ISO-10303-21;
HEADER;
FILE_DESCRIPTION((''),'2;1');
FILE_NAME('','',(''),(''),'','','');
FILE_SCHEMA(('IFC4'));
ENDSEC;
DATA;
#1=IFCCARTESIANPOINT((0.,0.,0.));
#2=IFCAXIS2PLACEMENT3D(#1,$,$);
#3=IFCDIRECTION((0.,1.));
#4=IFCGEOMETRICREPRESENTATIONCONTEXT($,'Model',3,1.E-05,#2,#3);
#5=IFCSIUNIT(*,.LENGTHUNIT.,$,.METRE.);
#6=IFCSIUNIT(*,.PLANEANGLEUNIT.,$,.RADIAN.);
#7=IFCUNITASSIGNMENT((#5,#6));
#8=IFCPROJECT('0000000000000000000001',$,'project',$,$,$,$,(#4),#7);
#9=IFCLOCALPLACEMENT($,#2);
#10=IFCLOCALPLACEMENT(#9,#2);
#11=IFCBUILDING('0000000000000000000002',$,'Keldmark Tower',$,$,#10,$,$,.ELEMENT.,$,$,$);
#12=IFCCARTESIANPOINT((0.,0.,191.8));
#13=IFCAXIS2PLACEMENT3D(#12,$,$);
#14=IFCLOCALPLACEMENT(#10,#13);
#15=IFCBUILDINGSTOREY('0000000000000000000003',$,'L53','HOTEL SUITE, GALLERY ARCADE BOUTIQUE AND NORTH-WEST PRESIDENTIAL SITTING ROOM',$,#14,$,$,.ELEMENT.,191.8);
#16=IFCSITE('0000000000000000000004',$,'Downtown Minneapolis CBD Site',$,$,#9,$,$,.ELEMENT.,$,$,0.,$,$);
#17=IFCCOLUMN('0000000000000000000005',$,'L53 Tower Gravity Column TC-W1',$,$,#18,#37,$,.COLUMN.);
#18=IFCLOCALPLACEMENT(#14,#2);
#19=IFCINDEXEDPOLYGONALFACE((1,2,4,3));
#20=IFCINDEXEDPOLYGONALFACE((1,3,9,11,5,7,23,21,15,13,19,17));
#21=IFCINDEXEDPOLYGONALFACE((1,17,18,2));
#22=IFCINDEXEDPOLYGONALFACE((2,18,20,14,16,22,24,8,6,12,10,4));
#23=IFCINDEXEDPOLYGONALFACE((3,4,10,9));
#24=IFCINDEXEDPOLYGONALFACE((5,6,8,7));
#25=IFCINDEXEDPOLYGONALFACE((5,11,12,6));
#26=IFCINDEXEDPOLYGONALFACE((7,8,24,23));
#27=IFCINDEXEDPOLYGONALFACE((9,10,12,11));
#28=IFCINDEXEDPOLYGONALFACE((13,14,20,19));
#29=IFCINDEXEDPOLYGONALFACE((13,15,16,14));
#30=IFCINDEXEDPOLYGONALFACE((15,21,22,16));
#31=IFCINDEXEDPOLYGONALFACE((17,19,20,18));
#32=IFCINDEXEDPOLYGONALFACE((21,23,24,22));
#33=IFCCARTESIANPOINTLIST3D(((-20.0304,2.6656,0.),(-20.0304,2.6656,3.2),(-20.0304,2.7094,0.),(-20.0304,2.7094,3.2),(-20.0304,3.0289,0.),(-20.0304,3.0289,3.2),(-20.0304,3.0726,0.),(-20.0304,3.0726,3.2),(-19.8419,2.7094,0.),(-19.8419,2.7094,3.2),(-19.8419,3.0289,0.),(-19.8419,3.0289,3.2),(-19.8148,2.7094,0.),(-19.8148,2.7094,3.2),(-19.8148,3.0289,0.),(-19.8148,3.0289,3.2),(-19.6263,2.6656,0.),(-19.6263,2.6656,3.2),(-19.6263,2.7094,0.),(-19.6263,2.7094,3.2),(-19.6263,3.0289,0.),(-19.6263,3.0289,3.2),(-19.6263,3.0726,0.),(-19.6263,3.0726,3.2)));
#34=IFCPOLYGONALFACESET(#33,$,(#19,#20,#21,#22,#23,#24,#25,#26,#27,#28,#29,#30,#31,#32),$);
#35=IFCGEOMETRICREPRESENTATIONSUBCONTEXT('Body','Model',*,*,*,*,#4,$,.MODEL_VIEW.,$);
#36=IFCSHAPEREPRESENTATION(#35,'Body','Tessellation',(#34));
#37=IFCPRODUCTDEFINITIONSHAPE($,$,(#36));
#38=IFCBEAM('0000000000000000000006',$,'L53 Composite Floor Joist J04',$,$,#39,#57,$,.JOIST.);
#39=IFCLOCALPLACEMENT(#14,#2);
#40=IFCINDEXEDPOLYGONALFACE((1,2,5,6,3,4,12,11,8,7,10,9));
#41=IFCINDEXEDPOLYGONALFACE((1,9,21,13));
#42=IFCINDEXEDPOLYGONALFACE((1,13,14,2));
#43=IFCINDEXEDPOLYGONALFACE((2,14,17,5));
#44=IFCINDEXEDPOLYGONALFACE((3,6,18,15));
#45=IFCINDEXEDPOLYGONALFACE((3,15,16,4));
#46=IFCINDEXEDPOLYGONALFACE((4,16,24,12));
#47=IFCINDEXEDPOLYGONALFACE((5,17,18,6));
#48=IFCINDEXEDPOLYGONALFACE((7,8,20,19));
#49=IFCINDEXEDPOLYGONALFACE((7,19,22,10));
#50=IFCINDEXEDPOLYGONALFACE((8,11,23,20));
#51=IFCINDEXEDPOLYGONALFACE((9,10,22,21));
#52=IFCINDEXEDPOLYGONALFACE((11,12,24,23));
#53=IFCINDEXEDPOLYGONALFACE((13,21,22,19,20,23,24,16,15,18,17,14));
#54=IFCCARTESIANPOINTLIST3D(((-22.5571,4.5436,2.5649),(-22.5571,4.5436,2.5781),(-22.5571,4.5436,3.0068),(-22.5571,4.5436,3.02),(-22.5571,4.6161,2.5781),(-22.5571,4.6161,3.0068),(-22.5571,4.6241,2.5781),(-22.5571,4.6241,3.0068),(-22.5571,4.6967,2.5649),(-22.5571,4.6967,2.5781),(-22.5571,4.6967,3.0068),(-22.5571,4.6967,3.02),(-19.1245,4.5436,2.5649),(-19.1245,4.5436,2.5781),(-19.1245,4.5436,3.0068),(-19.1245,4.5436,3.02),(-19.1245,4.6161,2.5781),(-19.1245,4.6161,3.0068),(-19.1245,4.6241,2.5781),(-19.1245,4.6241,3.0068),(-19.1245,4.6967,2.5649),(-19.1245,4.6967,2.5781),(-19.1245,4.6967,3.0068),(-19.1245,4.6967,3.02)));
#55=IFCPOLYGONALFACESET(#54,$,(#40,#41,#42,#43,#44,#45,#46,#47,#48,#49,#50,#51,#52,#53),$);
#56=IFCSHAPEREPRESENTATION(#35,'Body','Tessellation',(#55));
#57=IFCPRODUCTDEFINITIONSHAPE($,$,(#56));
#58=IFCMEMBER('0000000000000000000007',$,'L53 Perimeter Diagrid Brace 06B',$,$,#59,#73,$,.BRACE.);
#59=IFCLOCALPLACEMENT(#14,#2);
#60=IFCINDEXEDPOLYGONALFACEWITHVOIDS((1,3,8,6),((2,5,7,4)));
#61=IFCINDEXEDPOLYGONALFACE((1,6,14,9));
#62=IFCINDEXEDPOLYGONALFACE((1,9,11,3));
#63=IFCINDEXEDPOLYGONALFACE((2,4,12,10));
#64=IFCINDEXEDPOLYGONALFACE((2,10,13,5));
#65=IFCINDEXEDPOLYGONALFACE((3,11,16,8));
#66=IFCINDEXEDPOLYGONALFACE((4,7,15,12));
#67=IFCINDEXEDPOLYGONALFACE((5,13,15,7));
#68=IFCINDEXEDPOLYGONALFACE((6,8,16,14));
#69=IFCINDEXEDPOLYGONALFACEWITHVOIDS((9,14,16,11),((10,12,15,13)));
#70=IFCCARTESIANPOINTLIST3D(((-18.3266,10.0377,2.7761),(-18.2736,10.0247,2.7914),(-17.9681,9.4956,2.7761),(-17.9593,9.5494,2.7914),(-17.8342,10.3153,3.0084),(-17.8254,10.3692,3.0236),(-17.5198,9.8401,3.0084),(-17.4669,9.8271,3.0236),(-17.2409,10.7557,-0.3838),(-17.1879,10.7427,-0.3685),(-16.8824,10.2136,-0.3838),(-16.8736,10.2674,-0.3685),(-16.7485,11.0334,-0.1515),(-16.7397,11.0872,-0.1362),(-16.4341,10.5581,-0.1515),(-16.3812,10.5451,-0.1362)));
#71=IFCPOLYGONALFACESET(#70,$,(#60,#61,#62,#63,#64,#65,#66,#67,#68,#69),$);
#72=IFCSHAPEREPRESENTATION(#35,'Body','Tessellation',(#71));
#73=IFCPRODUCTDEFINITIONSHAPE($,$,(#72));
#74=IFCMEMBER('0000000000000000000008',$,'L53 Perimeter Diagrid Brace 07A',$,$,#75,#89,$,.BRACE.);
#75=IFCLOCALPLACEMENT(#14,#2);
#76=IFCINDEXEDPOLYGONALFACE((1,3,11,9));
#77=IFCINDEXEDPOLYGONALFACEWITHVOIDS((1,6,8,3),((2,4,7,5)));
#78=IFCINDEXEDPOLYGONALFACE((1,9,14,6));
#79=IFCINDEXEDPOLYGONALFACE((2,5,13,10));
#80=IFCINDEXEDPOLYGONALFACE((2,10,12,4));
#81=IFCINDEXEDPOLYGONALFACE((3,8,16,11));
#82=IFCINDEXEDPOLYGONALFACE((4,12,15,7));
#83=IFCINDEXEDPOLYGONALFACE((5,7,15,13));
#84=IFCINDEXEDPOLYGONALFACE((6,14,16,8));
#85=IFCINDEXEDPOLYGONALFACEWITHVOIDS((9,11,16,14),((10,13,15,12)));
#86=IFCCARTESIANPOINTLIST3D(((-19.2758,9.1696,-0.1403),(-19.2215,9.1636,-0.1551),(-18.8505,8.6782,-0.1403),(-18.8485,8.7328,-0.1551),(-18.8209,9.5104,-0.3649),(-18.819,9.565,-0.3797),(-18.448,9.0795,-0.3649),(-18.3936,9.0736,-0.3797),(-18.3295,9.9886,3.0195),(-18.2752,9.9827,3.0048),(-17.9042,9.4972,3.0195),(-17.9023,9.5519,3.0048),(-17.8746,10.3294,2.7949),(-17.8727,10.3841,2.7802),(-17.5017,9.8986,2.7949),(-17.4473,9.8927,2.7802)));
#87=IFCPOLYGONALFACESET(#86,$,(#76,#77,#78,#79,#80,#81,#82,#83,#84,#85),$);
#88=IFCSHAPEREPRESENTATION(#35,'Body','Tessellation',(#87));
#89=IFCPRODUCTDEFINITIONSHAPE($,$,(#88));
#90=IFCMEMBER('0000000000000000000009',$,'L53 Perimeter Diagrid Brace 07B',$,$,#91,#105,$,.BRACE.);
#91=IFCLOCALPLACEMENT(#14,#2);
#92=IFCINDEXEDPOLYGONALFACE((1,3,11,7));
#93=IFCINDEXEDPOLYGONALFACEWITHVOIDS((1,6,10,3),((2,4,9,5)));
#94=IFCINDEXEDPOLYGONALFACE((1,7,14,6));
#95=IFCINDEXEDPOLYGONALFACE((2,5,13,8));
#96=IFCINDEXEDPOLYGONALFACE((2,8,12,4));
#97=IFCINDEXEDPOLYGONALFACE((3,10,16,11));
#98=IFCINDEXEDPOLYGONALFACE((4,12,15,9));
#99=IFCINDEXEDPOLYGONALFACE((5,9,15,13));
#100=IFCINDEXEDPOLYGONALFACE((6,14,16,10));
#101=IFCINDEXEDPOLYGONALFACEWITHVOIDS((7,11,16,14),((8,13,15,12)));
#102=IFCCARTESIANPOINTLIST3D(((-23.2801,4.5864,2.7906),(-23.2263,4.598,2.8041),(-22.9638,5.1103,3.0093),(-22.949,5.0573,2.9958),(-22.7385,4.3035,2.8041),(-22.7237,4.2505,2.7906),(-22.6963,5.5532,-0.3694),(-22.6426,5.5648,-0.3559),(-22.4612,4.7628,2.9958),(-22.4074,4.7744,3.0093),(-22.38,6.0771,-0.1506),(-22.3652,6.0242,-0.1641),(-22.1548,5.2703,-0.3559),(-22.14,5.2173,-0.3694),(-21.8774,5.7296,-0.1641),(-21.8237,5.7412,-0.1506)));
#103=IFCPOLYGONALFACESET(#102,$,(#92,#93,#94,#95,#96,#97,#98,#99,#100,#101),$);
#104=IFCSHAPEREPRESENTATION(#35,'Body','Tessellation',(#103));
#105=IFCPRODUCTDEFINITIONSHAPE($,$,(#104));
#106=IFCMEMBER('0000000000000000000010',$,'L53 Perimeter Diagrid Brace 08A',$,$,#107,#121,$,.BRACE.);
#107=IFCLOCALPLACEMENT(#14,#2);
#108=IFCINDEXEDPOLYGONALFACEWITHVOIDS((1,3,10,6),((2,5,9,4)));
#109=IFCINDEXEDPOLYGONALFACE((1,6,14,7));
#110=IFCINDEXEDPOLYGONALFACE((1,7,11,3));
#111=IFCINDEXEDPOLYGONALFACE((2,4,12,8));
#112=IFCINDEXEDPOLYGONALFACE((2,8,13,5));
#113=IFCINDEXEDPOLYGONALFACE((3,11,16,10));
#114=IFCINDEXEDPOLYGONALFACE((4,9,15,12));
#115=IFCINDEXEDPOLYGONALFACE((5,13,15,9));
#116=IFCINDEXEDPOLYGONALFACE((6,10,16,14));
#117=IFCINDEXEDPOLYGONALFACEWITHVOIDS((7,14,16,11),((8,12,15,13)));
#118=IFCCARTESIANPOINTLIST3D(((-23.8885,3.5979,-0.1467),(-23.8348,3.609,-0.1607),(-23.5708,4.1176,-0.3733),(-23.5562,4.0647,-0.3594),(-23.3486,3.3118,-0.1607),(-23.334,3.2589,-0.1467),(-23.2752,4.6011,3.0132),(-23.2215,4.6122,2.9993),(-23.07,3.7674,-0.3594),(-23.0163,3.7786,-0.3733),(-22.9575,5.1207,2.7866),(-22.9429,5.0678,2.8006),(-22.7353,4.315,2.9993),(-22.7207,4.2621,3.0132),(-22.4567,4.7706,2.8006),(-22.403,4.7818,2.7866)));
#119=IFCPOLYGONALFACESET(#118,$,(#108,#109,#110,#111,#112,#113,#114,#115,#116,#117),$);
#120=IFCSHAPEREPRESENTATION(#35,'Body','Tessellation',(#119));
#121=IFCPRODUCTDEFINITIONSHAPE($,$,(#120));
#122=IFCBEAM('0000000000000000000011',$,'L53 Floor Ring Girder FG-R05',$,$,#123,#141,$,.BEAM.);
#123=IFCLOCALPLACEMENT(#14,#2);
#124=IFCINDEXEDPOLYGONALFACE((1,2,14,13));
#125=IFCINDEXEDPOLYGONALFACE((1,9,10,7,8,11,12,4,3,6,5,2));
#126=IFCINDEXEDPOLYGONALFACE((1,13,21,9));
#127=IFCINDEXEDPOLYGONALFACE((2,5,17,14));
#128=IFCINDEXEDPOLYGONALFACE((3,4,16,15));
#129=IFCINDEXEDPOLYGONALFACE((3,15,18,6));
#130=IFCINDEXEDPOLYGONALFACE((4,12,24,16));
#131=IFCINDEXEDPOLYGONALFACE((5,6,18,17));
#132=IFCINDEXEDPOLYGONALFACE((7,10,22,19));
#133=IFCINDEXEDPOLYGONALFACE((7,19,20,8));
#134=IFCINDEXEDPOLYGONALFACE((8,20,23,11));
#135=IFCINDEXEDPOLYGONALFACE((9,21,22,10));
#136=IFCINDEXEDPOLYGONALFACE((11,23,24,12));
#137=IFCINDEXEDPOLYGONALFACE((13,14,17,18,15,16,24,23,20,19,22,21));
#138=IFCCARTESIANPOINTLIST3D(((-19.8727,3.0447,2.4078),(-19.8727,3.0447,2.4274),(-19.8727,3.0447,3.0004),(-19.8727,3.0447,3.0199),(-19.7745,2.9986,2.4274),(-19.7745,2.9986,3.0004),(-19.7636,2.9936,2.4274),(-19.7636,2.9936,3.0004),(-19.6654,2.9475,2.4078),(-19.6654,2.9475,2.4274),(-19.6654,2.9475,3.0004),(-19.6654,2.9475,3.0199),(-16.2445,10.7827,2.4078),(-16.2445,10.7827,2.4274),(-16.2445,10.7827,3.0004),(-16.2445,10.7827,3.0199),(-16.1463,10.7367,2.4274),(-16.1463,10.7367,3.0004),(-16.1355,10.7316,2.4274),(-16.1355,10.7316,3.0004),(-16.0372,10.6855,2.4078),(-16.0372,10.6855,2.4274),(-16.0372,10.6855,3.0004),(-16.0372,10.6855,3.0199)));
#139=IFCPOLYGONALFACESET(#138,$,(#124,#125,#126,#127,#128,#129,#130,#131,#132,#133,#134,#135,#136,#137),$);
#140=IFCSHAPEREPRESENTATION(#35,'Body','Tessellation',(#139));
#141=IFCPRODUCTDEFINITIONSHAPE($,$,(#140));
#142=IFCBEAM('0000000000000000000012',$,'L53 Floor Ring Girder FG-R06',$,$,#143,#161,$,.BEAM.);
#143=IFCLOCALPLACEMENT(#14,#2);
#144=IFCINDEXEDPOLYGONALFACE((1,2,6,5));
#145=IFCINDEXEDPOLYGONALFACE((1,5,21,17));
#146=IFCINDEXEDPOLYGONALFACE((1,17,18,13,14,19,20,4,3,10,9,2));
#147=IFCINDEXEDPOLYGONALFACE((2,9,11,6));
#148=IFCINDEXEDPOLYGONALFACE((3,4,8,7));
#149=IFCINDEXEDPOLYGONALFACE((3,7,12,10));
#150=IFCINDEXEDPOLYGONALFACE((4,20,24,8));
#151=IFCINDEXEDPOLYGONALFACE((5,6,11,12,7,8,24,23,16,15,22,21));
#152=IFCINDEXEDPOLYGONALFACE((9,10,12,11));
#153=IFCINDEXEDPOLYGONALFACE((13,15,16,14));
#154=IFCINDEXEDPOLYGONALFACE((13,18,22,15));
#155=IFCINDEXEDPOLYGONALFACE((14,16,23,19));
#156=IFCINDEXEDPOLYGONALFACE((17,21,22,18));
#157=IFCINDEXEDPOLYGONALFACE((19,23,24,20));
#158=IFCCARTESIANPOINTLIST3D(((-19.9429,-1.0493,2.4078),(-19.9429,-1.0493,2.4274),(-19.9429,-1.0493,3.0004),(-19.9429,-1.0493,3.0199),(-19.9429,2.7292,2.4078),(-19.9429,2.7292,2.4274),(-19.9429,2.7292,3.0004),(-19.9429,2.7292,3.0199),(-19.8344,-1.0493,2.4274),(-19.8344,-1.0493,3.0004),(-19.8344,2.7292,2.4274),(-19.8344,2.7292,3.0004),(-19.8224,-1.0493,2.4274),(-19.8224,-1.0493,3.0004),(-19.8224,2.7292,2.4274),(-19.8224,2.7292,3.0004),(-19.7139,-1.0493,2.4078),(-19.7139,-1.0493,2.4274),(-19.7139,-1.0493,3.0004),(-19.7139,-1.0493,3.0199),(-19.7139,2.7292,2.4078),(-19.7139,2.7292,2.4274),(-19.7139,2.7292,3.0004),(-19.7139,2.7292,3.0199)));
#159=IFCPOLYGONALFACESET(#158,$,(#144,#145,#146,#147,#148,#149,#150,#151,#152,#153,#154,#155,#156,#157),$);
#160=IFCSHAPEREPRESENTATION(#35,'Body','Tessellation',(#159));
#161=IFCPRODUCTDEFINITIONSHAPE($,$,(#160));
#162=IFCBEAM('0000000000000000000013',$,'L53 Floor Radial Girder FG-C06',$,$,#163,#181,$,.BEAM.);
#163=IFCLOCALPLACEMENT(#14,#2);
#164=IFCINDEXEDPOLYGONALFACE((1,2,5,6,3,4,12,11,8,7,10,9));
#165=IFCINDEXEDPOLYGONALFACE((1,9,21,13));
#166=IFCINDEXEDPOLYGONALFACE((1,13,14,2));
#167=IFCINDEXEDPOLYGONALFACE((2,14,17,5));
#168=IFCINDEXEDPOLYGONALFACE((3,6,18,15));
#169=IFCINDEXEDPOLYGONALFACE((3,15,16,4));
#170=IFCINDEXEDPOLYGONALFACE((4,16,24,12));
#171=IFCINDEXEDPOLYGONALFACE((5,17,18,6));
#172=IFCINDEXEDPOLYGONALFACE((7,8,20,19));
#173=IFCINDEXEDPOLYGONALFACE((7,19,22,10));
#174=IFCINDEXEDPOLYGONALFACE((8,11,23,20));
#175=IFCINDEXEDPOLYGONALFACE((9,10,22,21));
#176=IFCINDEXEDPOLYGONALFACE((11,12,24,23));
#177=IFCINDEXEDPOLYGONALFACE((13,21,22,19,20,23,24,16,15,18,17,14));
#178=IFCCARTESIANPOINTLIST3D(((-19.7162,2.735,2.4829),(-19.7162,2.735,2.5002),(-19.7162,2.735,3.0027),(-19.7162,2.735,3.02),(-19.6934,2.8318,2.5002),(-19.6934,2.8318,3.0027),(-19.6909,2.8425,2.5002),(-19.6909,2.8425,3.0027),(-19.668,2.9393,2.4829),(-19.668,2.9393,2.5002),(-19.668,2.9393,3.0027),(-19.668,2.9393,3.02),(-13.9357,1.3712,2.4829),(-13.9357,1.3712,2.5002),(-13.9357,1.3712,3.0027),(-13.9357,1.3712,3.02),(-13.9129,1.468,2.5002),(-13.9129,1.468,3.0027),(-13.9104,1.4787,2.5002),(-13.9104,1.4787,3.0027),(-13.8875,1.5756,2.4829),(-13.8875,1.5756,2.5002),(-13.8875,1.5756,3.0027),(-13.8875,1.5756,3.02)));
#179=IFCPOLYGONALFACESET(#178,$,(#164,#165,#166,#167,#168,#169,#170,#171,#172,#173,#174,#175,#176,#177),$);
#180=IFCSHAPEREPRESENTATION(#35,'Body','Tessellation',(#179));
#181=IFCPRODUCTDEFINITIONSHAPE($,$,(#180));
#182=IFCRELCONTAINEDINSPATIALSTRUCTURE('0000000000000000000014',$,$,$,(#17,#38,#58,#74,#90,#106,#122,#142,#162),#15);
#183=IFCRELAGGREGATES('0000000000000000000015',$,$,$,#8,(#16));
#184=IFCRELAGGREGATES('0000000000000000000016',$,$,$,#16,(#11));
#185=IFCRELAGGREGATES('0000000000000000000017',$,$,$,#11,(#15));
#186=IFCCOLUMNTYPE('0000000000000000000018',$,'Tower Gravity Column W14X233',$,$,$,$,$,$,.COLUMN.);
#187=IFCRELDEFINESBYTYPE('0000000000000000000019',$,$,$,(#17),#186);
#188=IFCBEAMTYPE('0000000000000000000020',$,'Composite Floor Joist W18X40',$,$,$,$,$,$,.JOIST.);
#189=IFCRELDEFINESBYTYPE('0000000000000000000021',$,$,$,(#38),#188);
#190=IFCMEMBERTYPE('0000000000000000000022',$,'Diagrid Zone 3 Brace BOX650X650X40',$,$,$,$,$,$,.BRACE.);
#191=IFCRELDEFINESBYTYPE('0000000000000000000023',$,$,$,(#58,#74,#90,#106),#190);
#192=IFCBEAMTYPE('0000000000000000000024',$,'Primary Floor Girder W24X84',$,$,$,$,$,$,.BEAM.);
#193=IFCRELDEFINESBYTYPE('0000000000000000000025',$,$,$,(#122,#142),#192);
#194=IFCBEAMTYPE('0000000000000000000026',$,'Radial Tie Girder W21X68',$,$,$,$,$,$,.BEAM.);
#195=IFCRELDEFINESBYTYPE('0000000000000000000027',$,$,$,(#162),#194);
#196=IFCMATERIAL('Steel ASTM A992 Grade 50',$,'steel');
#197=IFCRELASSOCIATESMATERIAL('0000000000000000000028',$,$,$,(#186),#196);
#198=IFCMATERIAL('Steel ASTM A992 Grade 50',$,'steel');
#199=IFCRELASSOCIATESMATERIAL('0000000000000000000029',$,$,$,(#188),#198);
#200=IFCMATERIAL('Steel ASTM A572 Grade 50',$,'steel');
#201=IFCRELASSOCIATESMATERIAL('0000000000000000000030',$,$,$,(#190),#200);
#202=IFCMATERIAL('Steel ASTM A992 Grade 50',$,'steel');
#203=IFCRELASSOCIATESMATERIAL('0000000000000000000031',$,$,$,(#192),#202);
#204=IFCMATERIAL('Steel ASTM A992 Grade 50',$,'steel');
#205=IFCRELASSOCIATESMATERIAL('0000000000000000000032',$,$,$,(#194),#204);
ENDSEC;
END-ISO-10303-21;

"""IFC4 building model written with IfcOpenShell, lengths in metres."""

from ifc_helpers import new_model, si_unit, direction, frame, origin, origin_2d, place, context, subcontext, project, spatial, hollow_rectangle, i_section, extrude, material, material_profile, profile_set, type_object, element, save


model = new_model("IFC4")

# Units and contexts
model_context = context("Model", 3, precision=1e-05, world=origin(), true_north=direction((0.0, 1.0)))
body_context = subcontext(model_context, "Body", "Model", "MODEL_VIEW")
ifc_project = project(units=[si_unit("LENGTHUNIT", "METRE"), si_unit("PLANEANGLEUNIT", "RADIAN")], contexts=[model_context])

# Site, building, storey
site_placement = place(None, origin())
site = spatial("IfcSite", under=ifc_project, at=site_placement, Name="Downtown Minneapolis CBD Site", CompositionType="ELEMENT", RefElevation=0.0)
building_placement = place(site_placement, origin())
building = spatial("IfcBuilding", under=site, at=building_placement, Name="Keldmark Tower", CompositionType="ELEMENT")
storey_placement = place(building_placement, frame((0.0, 0.0, 191.8)))
storey = spatial("IfcBuildingStorey", under=building, at=storey_placement, Name="L53", Description="HOTEL SUITE, GALLERY ARCADE BOUTIQUE AND NORTH-WEST PRESIDENTIAL SITTING ROOM", CompositionType="ELEMENT", Elevation=191.8)

# Column
ifc_material_1 = material(Name="Steel ASTM A992 Grade 50", Category="steel")
ifc_material_profile_1 = material_profile(ifc_material_1, i_section(OverallWidth=0.4041, OverallDepth=0.407, WebThickness=0.0271, FlangeThickness=0.0437, at=origin_2d()), Name="W14X233")
ifc_profile_set_1 = profile_set([ifc_material_profile_1], Name="Steel ASTM A992 Grade 50")
column_type = type_object("IfcColumnType", Name="Tower Gravity Column W14X233", PredefinedType="COLUMN", material=ifc_profile_set_1)
column_placement = place(storey_placement, frame((-19.8284, 2.8691, 0.0), z_axis=(0.0, 0.0, 1.0), x_axis=(1.0, 0.0, 0.0)))
element("IfcColumn", 1, at=column_placement, inside=storey, type_object=column_type, Name="L53 Tower Gravity Column TC-W1", PredefinedType="COLUMN", context=body_context, shape_type="SweptSolid", body=[
    extrude(i_section(OverallWidth=0.4041, OverallDepth=0.407, WebThickness=0.0271, FlangeThickness=0.0437, at=origin_2d()), origin(), (0.0, 0.0, 1.0), 3.2),
])

# Beam
ifc_material_2 = material(Name="Steel ASTM A992 Grade 50", Category="steel")
ifc_material_profile_2 = material_profile(ifc_material_2, i_section(OverallWidth=0.1531, OverallDepth=0.4551, WebThickness=0.0081, FlangeThickness=0.0132, at=origin_2d()), Name="W18X40")
ifc_profile_set_2 = profile_set([ifc_material_profile_2], Name="Steel ASTM A992 Grade 50")
beam_type_1 = type_object("IfcBeamType", Name="Composite Floor Joist W18X40", PredefinedType="JOIST", material=ifc_profile_set_2)
beam_1_placement = place(storey_placement, frame((-22.5571, 4.6201, 2.7925), z_axis=(1.0, 0.0, 0.0), x_axis=(0.0, 1.0, 0.0)))
element("IfcBeam", 2, at=beam_1_placement, inside=storey, type_object=beam_type_1, Name="L53 Composite Floor Joist J04", PredefinedType="JOIST", context=body_context, shape_type="SweptSolid", body=[
    extrude(i_section(OverallWidth=0.1531, OverallDepth=0.4551, WebThickness=0.0081, FlangeThickness=0.0132, at=origin_2d()), origin(), (0.0, 0.0, 1.0), 3.4326),
])

# Members
ifc_material_3 = material(Name="Steel ASTM A572 Grade 50", Category="steel")
ifc_material_profile_3 = material_profile(ifc_material_3, hollow_rectangle(XDim=0.6499, YDim=0.6499, WallThickness=0.04, at=origin_2d()), Name="BOX650X650X40")
ifc_profile_set_3 = profile_set([ifc_material_profile_3], Name="Steel ASTM A572 Grade 50")
member_type = type_object("IfcMemberType", Name="Diagrid Zone 3 Brace BOX650X650X40", PredefinedType="BRACE", material=ifc_profile_set_3)
member_1_placement = place(storey_placement, frame((-16.811, 10.6504, -0.26), z_axis=(-0.317686, -0.2101, 0.924626), x_axis=(0.551623, -0.834093, 0.0)))
element("IfcMember", 3, at=member_1_placement, inside=storey, type_object=member_type, Name="L53 Perimeter Diagrid Brace 06B", PredefinedType="BRACE", context=body_context, shape_type="SweptSolid", body=[
    extrude(hollow_rectangle(XDim=0.6499, YDim=0.6499, WallThickness=0.04, at=origin_2d()), origin(), (0.0, 0.0, 1.0), 3.4175),
])
member_2_placement = place(storey_placement, frame((-18.8347, 9.1216, -0.26), z_axis=(0.278424, 0.240999, 0.929731), x_axis=(-0.654463, 0.756094, 0.0)))
element("IfcMember", 4, at=member_2_placement, inside=storey, type_object=member_type, Name="L53 Perimeter Diagrid Brace 07A", PredefinedType="BRACE", context=body_context, shape_type="SweptSolid", body=[
    extrude(hollow_rectangle(XDim=0.6499, YDim=0.6499, WallThickness=0.04, at=origin_2d()), origin(), (0.0, 0.0, 1.0), 3.3987),
])
member_3_placement = place(storey_placement, frame((-22.26, 5.6472, -0.26), z_axis=(-0.173957, -0.288109, 0.941665), x_axis=(0.856059, -0.516878, 0.0)))
element("IfcMember", 5, at=member_3_placement, inside=storey, type_object=member_type, Name="L53 Perimeter Diagrid Brace 07B", PredefinedType="BRACE", context=body_context, shape_type="SweptSolid", body=[
    extrude(hollow_rectangle(XDim=0.6499, YDim=0.6499, WallThickness=0.04, at=origin_2d()), origin(), (0.0, 0.0, 1.0), 3.3557),
])
member_4_placement = place(storey_placement, frame((-23.4524, 3.6882, -0.26), z_axis=(0.181898, 0.297539, 0.937221), x_axis=(-0.853195, 0.521593, 0.0)))
element("IfcMember", 6, at=member_4_placement, inside=storey, type_object=member_type, Name="L53 Perimeter Diagrid Brace 08A", PredefinedType="BRACE", context=body_context, shape_type="SweptSolid", body=[
    extrude(hollow_rectangle(XDim=0.6499, YDim=0.6499, WallThickness=0.04, at=origin_2d()), origin(), (0.0, 0.0, 1.0), 3.3716),
])

# Beams
ifc_material_4 = material(Name="Steel ASTM A992 Grade 50", Category="steel")
ifc_material_profile_4 = material_profile(ifc_material_4, i_section(OverallWidth=0.229, OverallDepth=0.6121, WebThickness=0.012, FlangeThickness=0.0195, at=origin_2d()), Name="W24X84")
ifc_profile_set_4 = profile_set([ifc_material_profile_4], Name="Steel ASTM A992 Grade 50")
beam_type_2 = type_object("IfcBeamType", Name="Primary Floor Girder W24X84", PredefinedType="BEAM", material=ifc_profile_set_4)
beam_2_placement = place(storey_placement, frame((-16.1409, 10.7341, 2.7139), z_axis=(-0.424527, -0.905415, 0.0), x_axis=(0.905415, -0.424527, 0.0)))
element("IfcBeam", 7, at=beam_2_placement, inside=storey, type_object=beam_type_2, Name="L53 Floor Ring Girder FG-R05", PredefinedType="BEAM", context=body_context, shape_type="SweptSolid", body=[
    extrude(i_section(OverallWidth=0.229, OverallDepth=0.6121, WebThickness=0.012, FlangeThickness=0.0195, at=origin_2d()), origin(), (0.0, 0.0, 1.0), 8.5464),
])
beam_3_placement = place(storey_placement, frame((-19.8284, 2.7292, 2.7139), z_axis=(0.0, -1.0, 0.0), x_axis=(1.0, 0.0, 0.0)))
element("IfcBeam", 8, at=beam_3_placement, inside=storey, type_object=beam_type_2, Name="L53 Floor Ring Girder FG-R06", PredefinedType="BEAM", context=body_context, shape_type="SweptSolid", body=[
    extrude(i_section(OverallWidth=0.229, OverallDepth=0.6121, WebThickness=0.012, FlangeThickness=0.0195, at=origin_2d()), origin(), (0.0, 0.0, 1.0), 3.7786),
])
ifc_material_5 = material(Name="Steel ASTM A992 Grade 50", Category="steel")
ifc_material_profile_5 = material_profile(ifc_material_5, i_section(OverallWidth=0.21, OverallDepth=0.5371, WebThickness=0.011, FlangeThickness=0.0173, at=origin_2d()), Name="W21X68")
ifc_profile_set_5 = profile_set([ifc_material_profile_5], Name="Steel ASTM A992 Grade 50")
beam_type_3 = type_object("IfcBeamType", Name="Radial Tie Girder W21X68", PredefinedType="BEAM", material=ifc_profile_set_5)
beam_4_placement = place(storey_placement, frame((-19.6921, 2.8372, 2.7515), z_axis=(0.97328, -0.229621, 0.0), x_axis=(0.229621, 0.97328, 0.0)))
element("IfcBeam", 9, at=beam_4_placement, inside=storey, type_object=beam_type_3, Name="L53 Floor Radial Girder FG-C06", PredefinedType="BEAM", context=body_context, shape_type="SweptSolid", body=[
    extrude(i_section(OverallWidth=0.21, OverallDepth=0.5371, WebThickness=0.011, FlangeThickness=0.0173, at=origin_2d()), origin(), (0.0, 0.0, 1.0), 5.9392),
])

save(model, "model.ifc")
